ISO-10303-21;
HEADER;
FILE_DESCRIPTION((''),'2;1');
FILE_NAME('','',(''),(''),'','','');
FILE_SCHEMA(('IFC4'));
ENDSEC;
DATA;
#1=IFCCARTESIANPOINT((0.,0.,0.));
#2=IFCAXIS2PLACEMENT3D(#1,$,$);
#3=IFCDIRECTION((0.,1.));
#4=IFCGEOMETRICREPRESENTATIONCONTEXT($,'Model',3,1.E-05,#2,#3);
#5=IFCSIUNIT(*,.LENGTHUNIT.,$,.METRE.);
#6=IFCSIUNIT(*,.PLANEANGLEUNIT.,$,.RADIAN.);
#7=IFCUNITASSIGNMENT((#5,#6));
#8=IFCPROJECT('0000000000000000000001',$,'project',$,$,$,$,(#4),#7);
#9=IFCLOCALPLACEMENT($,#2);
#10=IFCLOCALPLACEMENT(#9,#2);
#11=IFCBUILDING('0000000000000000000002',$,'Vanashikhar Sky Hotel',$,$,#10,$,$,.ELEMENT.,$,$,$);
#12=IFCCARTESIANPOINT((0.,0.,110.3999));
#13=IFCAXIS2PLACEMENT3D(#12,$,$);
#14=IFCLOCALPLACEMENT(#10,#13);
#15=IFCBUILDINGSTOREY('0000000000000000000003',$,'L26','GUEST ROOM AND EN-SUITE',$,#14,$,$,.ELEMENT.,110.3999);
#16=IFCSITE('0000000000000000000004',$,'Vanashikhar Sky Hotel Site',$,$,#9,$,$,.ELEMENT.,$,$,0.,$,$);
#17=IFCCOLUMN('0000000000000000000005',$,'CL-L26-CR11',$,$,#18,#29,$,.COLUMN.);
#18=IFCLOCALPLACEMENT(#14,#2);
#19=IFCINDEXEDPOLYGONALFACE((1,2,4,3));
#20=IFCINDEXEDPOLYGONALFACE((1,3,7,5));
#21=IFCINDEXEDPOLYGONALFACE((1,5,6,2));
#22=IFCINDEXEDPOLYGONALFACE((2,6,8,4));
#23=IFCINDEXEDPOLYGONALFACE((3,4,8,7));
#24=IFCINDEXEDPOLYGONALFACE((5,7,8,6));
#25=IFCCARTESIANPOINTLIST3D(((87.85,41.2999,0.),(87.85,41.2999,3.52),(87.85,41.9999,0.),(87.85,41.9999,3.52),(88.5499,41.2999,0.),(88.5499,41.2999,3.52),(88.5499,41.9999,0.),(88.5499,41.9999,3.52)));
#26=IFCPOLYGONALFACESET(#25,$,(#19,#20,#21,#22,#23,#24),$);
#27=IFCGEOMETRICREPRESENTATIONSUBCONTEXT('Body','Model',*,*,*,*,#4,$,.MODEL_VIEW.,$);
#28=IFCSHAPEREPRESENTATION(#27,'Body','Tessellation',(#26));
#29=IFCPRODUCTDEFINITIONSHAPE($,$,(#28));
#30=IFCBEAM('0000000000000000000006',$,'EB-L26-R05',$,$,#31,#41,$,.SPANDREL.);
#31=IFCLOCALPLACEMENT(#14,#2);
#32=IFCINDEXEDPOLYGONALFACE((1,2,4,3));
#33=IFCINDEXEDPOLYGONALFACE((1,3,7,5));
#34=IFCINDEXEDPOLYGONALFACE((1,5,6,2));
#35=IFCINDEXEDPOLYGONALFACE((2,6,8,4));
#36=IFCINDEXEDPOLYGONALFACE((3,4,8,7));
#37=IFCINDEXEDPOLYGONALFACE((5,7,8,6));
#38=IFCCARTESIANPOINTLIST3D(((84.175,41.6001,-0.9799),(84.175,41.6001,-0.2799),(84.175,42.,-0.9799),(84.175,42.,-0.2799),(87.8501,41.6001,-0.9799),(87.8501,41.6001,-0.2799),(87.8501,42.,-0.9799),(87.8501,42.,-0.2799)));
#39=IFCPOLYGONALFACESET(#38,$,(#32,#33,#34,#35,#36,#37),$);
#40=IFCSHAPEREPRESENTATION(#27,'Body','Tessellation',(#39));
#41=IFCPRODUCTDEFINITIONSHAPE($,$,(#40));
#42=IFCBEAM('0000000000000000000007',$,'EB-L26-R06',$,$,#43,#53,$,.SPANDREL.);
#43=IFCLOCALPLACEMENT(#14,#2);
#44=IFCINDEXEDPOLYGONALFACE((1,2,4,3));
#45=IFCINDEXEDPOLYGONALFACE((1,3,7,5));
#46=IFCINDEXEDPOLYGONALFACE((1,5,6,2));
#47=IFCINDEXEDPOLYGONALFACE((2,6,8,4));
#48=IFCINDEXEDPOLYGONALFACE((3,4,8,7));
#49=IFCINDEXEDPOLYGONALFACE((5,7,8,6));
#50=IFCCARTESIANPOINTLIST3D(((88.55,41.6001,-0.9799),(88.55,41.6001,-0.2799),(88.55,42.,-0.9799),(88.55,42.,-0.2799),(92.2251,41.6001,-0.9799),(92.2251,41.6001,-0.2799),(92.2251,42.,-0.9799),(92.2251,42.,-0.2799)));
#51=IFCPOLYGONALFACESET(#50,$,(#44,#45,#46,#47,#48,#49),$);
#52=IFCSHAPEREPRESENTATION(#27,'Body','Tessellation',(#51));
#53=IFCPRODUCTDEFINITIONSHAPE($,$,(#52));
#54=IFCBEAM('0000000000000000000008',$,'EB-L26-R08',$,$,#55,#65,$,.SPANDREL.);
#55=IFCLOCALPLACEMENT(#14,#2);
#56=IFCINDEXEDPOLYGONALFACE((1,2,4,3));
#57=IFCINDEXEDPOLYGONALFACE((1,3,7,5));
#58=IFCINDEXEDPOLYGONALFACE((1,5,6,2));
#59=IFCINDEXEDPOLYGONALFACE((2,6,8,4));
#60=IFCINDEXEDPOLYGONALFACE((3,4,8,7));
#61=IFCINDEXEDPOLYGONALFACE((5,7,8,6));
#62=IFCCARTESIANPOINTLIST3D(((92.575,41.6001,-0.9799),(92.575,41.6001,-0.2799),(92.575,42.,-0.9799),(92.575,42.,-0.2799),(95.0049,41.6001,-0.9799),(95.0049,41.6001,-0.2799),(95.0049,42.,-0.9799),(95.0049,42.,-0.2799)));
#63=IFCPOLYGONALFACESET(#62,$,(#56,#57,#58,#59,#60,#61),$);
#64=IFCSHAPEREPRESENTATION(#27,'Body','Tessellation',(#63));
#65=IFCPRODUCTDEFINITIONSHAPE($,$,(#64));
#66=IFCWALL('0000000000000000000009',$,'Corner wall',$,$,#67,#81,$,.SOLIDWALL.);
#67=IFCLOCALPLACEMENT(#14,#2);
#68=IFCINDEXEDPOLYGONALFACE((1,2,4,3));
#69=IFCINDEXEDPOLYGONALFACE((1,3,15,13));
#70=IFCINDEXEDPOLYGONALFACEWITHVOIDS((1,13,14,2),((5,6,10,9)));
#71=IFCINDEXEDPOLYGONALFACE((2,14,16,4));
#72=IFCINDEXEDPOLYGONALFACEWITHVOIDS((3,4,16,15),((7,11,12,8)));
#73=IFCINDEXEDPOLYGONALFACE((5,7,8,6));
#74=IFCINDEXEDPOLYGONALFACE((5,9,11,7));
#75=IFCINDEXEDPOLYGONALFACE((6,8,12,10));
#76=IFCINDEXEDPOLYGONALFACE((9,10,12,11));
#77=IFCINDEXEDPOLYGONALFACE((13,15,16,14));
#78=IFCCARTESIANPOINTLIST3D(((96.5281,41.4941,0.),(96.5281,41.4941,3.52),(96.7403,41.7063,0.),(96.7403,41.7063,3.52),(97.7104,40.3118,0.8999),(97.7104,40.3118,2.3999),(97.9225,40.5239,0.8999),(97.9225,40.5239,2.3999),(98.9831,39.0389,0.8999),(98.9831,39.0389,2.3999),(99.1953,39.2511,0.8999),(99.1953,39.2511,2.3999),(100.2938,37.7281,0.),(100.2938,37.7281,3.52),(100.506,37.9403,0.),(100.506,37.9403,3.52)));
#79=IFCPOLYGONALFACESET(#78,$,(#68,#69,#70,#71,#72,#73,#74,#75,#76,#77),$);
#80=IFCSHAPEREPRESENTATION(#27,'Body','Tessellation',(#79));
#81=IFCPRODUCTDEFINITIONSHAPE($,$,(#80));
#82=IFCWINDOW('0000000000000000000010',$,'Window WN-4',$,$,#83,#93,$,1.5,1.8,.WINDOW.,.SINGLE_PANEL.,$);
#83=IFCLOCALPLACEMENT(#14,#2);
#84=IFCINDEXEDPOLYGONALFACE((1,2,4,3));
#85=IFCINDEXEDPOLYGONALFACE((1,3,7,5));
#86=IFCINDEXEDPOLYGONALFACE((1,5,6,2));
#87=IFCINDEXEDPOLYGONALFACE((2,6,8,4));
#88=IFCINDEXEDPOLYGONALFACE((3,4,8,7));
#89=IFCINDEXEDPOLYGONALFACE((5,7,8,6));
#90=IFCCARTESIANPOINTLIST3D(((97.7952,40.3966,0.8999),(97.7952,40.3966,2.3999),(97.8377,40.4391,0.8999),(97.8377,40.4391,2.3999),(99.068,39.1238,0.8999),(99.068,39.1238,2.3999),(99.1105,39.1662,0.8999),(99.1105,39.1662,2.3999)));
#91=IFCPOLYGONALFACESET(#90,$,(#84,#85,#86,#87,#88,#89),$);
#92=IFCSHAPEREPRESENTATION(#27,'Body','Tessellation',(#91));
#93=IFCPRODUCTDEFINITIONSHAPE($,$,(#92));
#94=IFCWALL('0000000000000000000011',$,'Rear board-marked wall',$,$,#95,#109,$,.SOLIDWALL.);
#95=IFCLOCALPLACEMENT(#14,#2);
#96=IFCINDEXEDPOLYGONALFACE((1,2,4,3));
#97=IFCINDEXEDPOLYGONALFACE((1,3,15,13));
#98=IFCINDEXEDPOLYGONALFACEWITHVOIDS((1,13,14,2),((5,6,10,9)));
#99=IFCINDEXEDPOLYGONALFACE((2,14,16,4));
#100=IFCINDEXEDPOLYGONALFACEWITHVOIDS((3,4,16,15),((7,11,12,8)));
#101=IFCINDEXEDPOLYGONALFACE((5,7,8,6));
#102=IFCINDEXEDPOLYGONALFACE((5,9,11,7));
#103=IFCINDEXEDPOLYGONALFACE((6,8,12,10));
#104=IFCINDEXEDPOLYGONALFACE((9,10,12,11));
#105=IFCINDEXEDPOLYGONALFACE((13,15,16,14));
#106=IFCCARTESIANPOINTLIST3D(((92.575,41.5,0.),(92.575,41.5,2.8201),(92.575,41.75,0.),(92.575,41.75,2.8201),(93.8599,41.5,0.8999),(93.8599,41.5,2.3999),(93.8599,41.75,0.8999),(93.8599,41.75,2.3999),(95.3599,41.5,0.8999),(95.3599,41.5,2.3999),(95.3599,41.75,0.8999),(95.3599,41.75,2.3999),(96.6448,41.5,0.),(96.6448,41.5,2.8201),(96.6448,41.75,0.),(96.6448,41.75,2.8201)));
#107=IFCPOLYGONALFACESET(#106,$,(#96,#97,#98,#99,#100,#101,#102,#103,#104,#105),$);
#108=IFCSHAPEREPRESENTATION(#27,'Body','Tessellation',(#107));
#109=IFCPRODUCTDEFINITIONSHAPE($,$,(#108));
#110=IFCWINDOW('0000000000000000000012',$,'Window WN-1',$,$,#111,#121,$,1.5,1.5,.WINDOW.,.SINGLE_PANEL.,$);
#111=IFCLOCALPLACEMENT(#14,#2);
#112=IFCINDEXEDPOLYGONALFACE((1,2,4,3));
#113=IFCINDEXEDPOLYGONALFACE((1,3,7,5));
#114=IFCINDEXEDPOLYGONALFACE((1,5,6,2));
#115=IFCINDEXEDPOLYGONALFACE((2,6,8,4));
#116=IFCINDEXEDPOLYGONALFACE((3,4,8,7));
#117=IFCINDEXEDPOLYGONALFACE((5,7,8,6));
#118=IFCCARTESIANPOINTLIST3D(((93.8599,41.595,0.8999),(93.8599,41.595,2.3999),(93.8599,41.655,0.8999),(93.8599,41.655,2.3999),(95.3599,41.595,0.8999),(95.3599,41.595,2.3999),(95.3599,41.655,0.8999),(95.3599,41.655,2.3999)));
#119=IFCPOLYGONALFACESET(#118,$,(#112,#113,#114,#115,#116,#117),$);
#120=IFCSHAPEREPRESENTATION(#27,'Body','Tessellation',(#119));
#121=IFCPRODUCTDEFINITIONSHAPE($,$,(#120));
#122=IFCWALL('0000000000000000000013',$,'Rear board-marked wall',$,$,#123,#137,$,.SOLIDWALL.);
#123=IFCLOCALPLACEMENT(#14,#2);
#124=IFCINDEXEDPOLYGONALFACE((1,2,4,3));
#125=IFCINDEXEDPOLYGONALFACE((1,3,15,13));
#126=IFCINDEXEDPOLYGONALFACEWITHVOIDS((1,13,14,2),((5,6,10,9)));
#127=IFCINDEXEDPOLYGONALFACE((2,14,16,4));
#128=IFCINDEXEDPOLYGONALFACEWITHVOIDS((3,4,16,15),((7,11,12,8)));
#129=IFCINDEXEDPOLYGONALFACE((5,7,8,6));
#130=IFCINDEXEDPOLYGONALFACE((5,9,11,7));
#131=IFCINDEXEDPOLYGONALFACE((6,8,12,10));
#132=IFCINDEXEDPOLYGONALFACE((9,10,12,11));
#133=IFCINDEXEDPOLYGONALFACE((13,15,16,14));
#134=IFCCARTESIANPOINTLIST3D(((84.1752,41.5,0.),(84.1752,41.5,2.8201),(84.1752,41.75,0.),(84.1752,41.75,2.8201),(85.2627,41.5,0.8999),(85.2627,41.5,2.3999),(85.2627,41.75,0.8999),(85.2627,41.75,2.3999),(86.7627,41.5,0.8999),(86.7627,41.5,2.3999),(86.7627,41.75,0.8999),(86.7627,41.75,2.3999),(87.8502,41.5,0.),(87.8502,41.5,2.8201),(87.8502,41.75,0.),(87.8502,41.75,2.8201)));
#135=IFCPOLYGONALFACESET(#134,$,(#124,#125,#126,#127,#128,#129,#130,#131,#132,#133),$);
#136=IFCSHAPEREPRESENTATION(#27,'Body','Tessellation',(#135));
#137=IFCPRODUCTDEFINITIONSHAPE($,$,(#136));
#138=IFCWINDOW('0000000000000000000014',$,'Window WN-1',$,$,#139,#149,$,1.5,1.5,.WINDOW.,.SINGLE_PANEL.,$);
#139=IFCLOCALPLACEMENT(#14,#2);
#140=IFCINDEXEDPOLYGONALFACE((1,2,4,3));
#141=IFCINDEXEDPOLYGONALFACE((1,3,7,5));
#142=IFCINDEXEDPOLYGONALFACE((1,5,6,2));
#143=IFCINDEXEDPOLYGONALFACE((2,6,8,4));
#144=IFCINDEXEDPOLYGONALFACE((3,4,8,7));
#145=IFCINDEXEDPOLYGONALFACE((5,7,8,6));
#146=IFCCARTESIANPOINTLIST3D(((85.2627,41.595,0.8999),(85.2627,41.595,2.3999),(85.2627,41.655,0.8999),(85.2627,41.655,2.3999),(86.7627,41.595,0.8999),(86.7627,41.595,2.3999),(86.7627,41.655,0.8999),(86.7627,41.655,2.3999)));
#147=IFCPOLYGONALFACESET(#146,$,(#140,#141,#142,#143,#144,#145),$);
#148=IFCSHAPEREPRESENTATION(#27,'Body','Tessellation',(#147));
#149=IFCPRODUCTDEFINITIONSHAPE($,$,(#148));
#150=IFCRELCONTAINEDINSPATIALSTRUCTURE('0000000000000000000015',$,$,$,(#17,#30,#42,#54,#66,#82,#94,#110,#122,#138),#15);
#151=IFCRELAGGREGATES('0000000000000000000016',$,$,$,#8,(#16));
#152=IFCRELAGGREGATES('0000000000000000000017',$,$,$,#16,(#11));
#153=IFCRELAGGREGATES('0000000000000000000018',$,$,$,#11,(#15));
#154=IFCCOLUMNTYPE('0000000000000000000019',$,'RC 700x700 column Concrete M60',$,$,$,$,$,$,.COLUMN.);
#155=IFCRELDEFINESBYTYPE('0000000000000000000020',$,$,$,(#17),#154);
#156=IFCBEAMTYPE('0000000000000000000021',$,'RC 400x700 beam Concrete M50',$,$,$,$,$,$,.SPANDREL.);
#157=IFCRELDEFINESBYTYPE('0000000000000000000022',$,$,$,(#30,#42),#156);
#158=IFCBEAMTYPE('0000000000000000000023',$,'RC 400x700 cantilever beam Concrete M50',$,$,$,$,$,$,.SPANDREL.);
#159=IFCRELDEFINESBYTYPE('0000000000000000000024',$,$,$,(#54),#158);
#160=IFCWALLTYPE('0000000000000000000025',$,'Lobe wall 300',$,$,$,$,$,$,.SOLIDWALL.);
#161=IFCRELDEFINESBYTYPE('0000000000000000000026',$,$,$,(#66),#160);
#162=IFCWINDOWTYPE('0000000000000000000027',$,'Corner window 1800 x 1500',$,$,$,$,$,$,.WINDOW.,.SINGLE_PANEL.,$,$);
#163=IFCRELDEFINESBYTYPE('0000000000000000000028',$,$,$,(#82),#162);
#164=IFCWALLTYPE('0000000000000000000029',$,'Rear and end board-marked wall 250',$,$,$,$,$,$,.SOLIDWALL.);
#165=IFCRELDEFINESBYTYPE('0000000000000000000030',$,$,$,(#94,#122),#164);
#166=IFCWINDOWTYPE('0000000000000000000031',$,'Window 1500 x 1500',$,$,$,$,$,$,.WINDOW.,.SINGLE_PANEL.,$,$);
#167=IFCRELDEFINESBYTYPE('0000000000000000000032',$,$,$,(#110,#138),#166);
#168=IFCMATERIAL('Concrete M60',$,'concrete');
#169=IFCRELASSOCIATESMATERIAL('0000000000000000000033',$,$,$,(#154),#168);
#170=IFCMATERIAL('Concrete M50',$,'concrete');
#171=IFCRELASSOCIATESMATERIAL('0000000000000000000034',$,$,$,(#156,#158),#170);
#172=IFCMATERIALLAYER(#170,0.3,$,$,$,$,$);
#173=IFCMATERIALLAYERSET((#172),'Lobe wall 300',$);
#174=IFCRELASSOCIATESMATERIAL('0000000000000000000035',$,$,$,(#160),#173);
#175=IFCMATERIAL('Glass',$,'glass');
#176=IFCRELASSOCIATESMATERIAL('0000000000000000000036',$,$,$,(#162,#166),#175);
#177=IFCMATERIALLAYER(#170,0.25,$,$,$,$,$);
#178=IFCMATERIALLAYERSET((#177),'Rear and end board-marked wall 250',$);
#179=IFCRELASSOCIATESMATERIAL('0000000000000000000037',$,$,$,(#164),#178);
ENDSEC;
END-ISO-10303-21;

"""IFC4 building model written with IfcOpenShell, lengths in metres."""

from ifc_helpers import new_model, si_unit, direction, frame, frame_2d, origin, origin_2d, place, context, subcontext, project, spatial, rectangle, extrude, source, transform, mapped, material, layer, layer_set, material_profile, profile_set, type_object, element, fill, save


model = new_model("IFC4")

# Units and contexts
model_context = context("Model", 3, precision=1e-05, world=origin(), true_north=direction((0.0, 1.0)))
body_context = subcontext(model_context, "Body", "Model", "MODEL_VIEW")
ifc_project = project(units=[si_unit("LENGTHUNIT", "METRE"), si_unit("PLANEANGLEUNIT", "RADIAN")], contexts=[model_context])

# Site, building, storey
site_placement = place(None, origin())
site = spatial("IfcSite", under=ifc_project, at=site_placement, Name="Vanashikhar Sky Hotel Site", CompositionType="ELEMENT", RefElevation=0.0)
building_placement = place(site_placement, origin())
building = spatial("IfcBuilding", under=site, at=building_placement, Name="Vanashikhar Sky Hotel", CompositionType="ELEMENT")
storey_placement = place(building_placement, frame((0.0, 0.0, 110.3999)))
storey = spatial("IfcBuildingStorey", under=building, at=storey_placement, Name="L26", Description="GUEST ROOM AND EN-SUITE", CompositionType="ELEMENT", Elevation=110.3999)

# Column
ifc_material_1 = material(Name="Concrete M60", Category="concrete")
ifc_material_profile_1 = material_profile(ifc_material_1, rectangle(XDim=0.7, YDim=0.7, at=origin_2d()))
ifc_profile_set_1 = profile_set([ifc_material_profile_1], Name="RC 700x700 column Concrete M60")
column_type = type_object("IfcColumnType", Name="RC 700x700 column Concrete M60", PredefinedType="COLUMN", material=ifc_profile_set_1)
shared_shape_1 = source(origin(), body_context, "Body", "SweptSolid", [
    extrude(rectangle(XDim=0.7, YDim=0.7, at=origin_2d()), origin(), (0.0, 0.0, 1.0), 3.52),
])
column_placement = place(storey_placement, frame((88.2, 41.6499, 0.0), z_axis=(0.0, 0.0, 1.0), x_axis=(1.0, 0.0, 0.0)))
element("IfcColumn", 1, at=column_placement, inside=storey, type_object=column_type, Name="CL-L26-CR11", PredefinedType="COLUMN", context=body_context, shape_type="MappedRepresentation", body=[
    mapped(shared_shape_1, transform((0.0, 0.0, 0.0), scale=1.0)),
])

# Beams
ifc_material_2 = material(Name="Concrete M50", Category="concrete")
ifc_material_profile_2 = material_profile(ifc_material_2, rectangle(XDim=0.3999, YDim=0.7, at=origin_2d()))
ifc_profile_set_2 = profile_set([ifc_material_profile_2], Name="RC 400x700 beam Concrete M50")
beam_type_1 = type_object("IfcBeamType", Name="RC 400x700 beam Concrete M50", PredefinedType="SPANDREL", material=ifc_profile_set_2)
shared_shape_2 = source(origin(), body_context, "Body", "SweptSolid", [
    extrude(rectangle(XDim=0.3999, YDim=0.7, at=origin_2d()), origin(), (0.0, 0.0, 1.0), 3.675),
])
for number, where, z_axis, x_axis, name in (
    (2, (84.175, 41.8, -0.6299), (1.0, 0.0, 0.0), (0.0, 1.0, 0.0), "EB-L26-R05"),
    (3, (88.55, 41.8, -0.6299), (1.0, 0.0, 0.0), (0.0, 1.0, 0.0), "EB-L26-R06"),
):
    element("IfcBeam", number, at=place(storey_placement, frame(where, z_axis=z_axis, x_axis=x_axis)), inside=storey, type_object=beam_type_1, Name=name, PredefinedType="SPANDREL", context=body_context, shape_type="MappedRepresentation", body=[
        mapped(shared_shape_2, transform((0.0, 0.0, 0.0), scale=1.0)),
    ])
ifc_material_profile_3 = material_profile(ifc_material_2, rectangle(XDim=0.3999, YDim=0.7, at=origin_2d()))
ifc_profile_set_3 = profile_set([ifc_material_profile_3], Name="RC 400x700 cantilever beam Concrete M50")
beam_type_2 = type_object("IfcBeamType", Name="RC 400x700 cantilever beam Concrete M50", PredefinedType="SPANDREL", material=ifc_profile_set_3)
shared_shape_3 = source(origin(), body_context, "Body", "SweptSolid", [
    extrude(rectangle(XDim=0.3999, YDim=0.7, at=origin_2d()), origin(), (0.0, 0.0, 1.0), 2.4299),
])
beam_placement = place(storey_placement, frame((92.575, 41.8, -0.6299), z_axis=(1.0, 0.0, 0.0), x_axis=(0.0, 1.0, 0.0)))
element("IfcBeam", 4, at=beam_placement, inside=storey, type_object=beam_type_2, Name="EB-L26-R08", PredefinedType="SPANDREL", context=body_context, shape_type="MappedRepresentation", body=[
    mapped(shared_shape_3, transform((0.0, 0.0, 0.0), scale=1.0)),
])

# Walls, openings, windows
ifc_layer_1 = layer(ifc_material_2, 0.3)
ifc_layer_set_1 = layer_set([ifc_layer_1], Name="Lobe wall 300")
wall_type_1 = type_object("IfcWallType", Name="Lobe wall 300", PredefinedType="SOLIDWALL", material=ifc_layer_set_1)
shared_shape_4 = source(origin(), body_context, "Body", "SweptSolid", [
    extrude(rectangle(XDim=5.3257, YDim=0.3, at=frame_2d((2.6628, 0.0))), origin(), (0.0, 0.0, 1.0), 3.52),
])
wall_1_placement = place(storey_placement, frame((100.3999, 37.8342, 0.0), z_axis=(0.0, 0.0, 1.0), x_axis=(-0.707084, 0.70713, 0.0)))
wall_1 = element("IfcWall", 5, at=wall_1_placement, inside=storey, type_object=wall_type_1, Name="Corner wall", PredefinedType="SOLIDWALL", context=body_context, shape_type="MappedRepresentation", body=[
    mapped(shared_shape_4, transform((0.0, 0.0, 0.0), scale=1.0)),
])
shared_shape_5 = source(origin(), body_context, "Body", "SweptSolid", [
    extrude(rectangle(XDim=1.8, YDim=1.5, at=frame_2d((0.8999, 0.75))), frame((0.0, 0.1602, 0.0), z_axis=(0.0, -1.0, 0.0), x_axis=(1.0, 0.0, 0.0)), (0.0, 0.0, 1.0), 0.3201),
])
opening_1_placement = place(wall_1_placement, frame((1.8538, 0.0, 0.8999)))
opening_1 = element("IfcOpeningElement", 6, at=opening_1_placement, cuts=wall_1, PredefinedType="OPENING", context=body_context, shape_type="MappedRepresentation", body=[
    mapped(shared_shape_5, transform((0.0, 0.0, 0.0), scale=1.0)),
])
ifc_material_3 = material(Name="Glass", Category="glass")
window_type_1 = type_object("IfcWindowType", Name="Corner window 1800 x 1500", PartitioningType="SINGLE_PANEL", PredefinedType="WINDOW", material=ifc_material_3)
shared_shape_6 = source(origin(), body_context, "Body", "SweptSolid", [
    extrude(rectangle(XDim=1.8, YDim=1.5, at=frame_2d((0.8999, 0.75))), frame((0.0, 0.03, 0.0), z_axis=(0.0, -1.0, 0.0), x_axis=(1.0, 0.0, 0.0)), (0.0, 0.0, 1.0), 0.0601),
])
window_1_placement = place(opening_1_placement, origin())
window_1 = element("IfcWindow", 7, at=window_1_placement, inside=storey, type_object=window_type_1, Name="Window WN-4", OverallHeight=1.5, OverallWidth=1.8, PartitioningType="SINGLE_PANEL", PredefinedType="WINDOW", context=body_context, shape_type="MappedRepresentation", body=[
    mapped(shared_shape_6, transform((0.0, 0.0, 0.0), scale=1.0)),
])
fill(opening_1, window_1)
ifc_layer_2 = layer(ifc_material_2, 0.25)
ifc_layer_set_2 = layer_set([ifc_layer_2], Name="Rear and end board-marked wall 250")
wall_type_2 = type_object("IfcWallType", Name="Rear and end board-marked wall 250", PredefinedType="SOLIDWALL", material=ifc_layer_set_2)
shared_shape_7 = source(origin(), body_context, "Body", "SweptSolid", [
    extrude(rectangle(XDim=4.0698, YDim=0.25, at=frame_2d((2.0349, 0.0))), origin(), (0.0, 0.0, 1.0), 2.8201),
])
wall_2_placement = place(storey_placement, frame((96.6448, 41.625, 0.0), z_axis=(0.0, 0.0, 1.0), x_axis=(-1.0, 0.0, 0.0)))
wall_2 = element("IfcWall", 8, at=wall_2_placement, inside=storey, type_object=wall_type_2, Name="Rear board-marked wall", PredefinedType="SOLIDWALL", context=body_context, shape_type="MappedRepresentation", body=[
    mapped(shared_shape_7, transform((0.0, 0.0, 0.0), scale=1.0)),
])
shared_shape_8 = source(origin(), body_context, "Body", "SweptSolid", [
    extrude(rectangle(XDim=1.5, YDim=1.5, at=frame_2d((0.75, 0.75))), frame((0.0, 0.135, 0.0), z_axis=(0.0, -1.0, 0.0), x_axis=(1.0, 0.0, 0.0)), (0.0, 0.0, 1.0), 0.27),
])
opening_2_placement = place(wall_2_placement, frame((1.2849, 0.0, 0.8999)))
opening_2 = element("IfcOpeningElement", 9, at=opening_2_placement, cuts=wall_2, PredefinedType="OPENING", context=body_context, shape_type="MappedRepresentation", body=[
    mapped(shared_shape_8, transform((0.0, 0.0, 0.0), scale=1.0)),
])
window_type_2 = type_object("IfcWindowType", Name="Window 1500 x 1500", PartitioningType="SINGLE_PANEL", PredefinedType="WINDOW", material=ifc_material_3)
shared_shape_9 = source(origin(), body_context, "Body", "SweptSolid", [
    extrude(rectangle(XDim=1.5, YDim=1.5, at=frame_2d((0.75, 0.75))), frame((0.0, 0.03, 0.0), z_axis=(0.0, -1.0, 0.0), x_axis=(1.0, 0.0, 0.0)), (0.0, 0.0, 1.0), 0.0601),
])
window_2_placement = place(opening_2_placement, origin())
window_2 = element("IfcWindow", 10, at=window_2_placement, inside=storey, type_object=window_type_2, Name="Window WN-1", OverallHeight=1.5, OverallWidth=1.5, PartitioningType="SINGLE_PANEL", PredefinedType="WINDOW", context=body_context, shape_type="MappedRepresentation", body=[
    mapped(shared_shape_9, transform((0.0, 0.0, 0.0), scale=1.0)),
])
fill(opening_2, window_2)
shared_shape_10 = source(origin(), body_context, "Body", "SweptSolid", [
    extrude(rectangle(XDim=3.675, YDim=0.25, at=frame_2d((1.8374, 0.0))), origin(), (0.0, 0.0, 1.0), 2.8201),
])
wall_3_placement = place(storey_placement, frame((87.8501, 41.625, 0.0), z_axis=(0.0, 0.0, 1.0), x_axis=(-1.0, 0.0, 0.0)))
wall_3 = element("IfcWall", 11, at=wall_3_placement, inside=storey, type_object=wall_type_2, Name="Rear board-marked wall", PredefinedType="SOLIDWALL", context=body_context, shape_type="MappedRepresentation", body=[
    mapped(shared_shape_10, transform((0.0, 0.0, 0.0), scale=1.0)),
])
opening_3_placement = place(wall_3_placement, frame((1.0874, 0.0, 0.8999)))
opening_3 = element("IfcOpeningElement", 12, at=opening_3_placement, cuts=wall_3, PredefinedType="OPENING", context=body_context, shape_type="MappedRepresentation", body=[
    mapped(shared_shape_8, transform((0.0, 0.0, 0.0), scale=1.0)),
])
window_3_placement = place(opening_3_placement, origin())
window_3 = element("IfcWindow", 13, at=window_3_placement, inside=storey, type_object=window_type_2, Name="Window WN-1", OverallHeight=1.5, OverallWidth=1.5, PartitioningType="SINGLE_PANEL", PredefinedType="WINDOW", context=body_context, shape_type="MappedRepresentation", body=[
    mapped(shared_shape_9, transform((0.0, 0.0, 0.0), scale=1.0)),
])
fill(opening_3, window_3)

save(model, "model.ifc")
